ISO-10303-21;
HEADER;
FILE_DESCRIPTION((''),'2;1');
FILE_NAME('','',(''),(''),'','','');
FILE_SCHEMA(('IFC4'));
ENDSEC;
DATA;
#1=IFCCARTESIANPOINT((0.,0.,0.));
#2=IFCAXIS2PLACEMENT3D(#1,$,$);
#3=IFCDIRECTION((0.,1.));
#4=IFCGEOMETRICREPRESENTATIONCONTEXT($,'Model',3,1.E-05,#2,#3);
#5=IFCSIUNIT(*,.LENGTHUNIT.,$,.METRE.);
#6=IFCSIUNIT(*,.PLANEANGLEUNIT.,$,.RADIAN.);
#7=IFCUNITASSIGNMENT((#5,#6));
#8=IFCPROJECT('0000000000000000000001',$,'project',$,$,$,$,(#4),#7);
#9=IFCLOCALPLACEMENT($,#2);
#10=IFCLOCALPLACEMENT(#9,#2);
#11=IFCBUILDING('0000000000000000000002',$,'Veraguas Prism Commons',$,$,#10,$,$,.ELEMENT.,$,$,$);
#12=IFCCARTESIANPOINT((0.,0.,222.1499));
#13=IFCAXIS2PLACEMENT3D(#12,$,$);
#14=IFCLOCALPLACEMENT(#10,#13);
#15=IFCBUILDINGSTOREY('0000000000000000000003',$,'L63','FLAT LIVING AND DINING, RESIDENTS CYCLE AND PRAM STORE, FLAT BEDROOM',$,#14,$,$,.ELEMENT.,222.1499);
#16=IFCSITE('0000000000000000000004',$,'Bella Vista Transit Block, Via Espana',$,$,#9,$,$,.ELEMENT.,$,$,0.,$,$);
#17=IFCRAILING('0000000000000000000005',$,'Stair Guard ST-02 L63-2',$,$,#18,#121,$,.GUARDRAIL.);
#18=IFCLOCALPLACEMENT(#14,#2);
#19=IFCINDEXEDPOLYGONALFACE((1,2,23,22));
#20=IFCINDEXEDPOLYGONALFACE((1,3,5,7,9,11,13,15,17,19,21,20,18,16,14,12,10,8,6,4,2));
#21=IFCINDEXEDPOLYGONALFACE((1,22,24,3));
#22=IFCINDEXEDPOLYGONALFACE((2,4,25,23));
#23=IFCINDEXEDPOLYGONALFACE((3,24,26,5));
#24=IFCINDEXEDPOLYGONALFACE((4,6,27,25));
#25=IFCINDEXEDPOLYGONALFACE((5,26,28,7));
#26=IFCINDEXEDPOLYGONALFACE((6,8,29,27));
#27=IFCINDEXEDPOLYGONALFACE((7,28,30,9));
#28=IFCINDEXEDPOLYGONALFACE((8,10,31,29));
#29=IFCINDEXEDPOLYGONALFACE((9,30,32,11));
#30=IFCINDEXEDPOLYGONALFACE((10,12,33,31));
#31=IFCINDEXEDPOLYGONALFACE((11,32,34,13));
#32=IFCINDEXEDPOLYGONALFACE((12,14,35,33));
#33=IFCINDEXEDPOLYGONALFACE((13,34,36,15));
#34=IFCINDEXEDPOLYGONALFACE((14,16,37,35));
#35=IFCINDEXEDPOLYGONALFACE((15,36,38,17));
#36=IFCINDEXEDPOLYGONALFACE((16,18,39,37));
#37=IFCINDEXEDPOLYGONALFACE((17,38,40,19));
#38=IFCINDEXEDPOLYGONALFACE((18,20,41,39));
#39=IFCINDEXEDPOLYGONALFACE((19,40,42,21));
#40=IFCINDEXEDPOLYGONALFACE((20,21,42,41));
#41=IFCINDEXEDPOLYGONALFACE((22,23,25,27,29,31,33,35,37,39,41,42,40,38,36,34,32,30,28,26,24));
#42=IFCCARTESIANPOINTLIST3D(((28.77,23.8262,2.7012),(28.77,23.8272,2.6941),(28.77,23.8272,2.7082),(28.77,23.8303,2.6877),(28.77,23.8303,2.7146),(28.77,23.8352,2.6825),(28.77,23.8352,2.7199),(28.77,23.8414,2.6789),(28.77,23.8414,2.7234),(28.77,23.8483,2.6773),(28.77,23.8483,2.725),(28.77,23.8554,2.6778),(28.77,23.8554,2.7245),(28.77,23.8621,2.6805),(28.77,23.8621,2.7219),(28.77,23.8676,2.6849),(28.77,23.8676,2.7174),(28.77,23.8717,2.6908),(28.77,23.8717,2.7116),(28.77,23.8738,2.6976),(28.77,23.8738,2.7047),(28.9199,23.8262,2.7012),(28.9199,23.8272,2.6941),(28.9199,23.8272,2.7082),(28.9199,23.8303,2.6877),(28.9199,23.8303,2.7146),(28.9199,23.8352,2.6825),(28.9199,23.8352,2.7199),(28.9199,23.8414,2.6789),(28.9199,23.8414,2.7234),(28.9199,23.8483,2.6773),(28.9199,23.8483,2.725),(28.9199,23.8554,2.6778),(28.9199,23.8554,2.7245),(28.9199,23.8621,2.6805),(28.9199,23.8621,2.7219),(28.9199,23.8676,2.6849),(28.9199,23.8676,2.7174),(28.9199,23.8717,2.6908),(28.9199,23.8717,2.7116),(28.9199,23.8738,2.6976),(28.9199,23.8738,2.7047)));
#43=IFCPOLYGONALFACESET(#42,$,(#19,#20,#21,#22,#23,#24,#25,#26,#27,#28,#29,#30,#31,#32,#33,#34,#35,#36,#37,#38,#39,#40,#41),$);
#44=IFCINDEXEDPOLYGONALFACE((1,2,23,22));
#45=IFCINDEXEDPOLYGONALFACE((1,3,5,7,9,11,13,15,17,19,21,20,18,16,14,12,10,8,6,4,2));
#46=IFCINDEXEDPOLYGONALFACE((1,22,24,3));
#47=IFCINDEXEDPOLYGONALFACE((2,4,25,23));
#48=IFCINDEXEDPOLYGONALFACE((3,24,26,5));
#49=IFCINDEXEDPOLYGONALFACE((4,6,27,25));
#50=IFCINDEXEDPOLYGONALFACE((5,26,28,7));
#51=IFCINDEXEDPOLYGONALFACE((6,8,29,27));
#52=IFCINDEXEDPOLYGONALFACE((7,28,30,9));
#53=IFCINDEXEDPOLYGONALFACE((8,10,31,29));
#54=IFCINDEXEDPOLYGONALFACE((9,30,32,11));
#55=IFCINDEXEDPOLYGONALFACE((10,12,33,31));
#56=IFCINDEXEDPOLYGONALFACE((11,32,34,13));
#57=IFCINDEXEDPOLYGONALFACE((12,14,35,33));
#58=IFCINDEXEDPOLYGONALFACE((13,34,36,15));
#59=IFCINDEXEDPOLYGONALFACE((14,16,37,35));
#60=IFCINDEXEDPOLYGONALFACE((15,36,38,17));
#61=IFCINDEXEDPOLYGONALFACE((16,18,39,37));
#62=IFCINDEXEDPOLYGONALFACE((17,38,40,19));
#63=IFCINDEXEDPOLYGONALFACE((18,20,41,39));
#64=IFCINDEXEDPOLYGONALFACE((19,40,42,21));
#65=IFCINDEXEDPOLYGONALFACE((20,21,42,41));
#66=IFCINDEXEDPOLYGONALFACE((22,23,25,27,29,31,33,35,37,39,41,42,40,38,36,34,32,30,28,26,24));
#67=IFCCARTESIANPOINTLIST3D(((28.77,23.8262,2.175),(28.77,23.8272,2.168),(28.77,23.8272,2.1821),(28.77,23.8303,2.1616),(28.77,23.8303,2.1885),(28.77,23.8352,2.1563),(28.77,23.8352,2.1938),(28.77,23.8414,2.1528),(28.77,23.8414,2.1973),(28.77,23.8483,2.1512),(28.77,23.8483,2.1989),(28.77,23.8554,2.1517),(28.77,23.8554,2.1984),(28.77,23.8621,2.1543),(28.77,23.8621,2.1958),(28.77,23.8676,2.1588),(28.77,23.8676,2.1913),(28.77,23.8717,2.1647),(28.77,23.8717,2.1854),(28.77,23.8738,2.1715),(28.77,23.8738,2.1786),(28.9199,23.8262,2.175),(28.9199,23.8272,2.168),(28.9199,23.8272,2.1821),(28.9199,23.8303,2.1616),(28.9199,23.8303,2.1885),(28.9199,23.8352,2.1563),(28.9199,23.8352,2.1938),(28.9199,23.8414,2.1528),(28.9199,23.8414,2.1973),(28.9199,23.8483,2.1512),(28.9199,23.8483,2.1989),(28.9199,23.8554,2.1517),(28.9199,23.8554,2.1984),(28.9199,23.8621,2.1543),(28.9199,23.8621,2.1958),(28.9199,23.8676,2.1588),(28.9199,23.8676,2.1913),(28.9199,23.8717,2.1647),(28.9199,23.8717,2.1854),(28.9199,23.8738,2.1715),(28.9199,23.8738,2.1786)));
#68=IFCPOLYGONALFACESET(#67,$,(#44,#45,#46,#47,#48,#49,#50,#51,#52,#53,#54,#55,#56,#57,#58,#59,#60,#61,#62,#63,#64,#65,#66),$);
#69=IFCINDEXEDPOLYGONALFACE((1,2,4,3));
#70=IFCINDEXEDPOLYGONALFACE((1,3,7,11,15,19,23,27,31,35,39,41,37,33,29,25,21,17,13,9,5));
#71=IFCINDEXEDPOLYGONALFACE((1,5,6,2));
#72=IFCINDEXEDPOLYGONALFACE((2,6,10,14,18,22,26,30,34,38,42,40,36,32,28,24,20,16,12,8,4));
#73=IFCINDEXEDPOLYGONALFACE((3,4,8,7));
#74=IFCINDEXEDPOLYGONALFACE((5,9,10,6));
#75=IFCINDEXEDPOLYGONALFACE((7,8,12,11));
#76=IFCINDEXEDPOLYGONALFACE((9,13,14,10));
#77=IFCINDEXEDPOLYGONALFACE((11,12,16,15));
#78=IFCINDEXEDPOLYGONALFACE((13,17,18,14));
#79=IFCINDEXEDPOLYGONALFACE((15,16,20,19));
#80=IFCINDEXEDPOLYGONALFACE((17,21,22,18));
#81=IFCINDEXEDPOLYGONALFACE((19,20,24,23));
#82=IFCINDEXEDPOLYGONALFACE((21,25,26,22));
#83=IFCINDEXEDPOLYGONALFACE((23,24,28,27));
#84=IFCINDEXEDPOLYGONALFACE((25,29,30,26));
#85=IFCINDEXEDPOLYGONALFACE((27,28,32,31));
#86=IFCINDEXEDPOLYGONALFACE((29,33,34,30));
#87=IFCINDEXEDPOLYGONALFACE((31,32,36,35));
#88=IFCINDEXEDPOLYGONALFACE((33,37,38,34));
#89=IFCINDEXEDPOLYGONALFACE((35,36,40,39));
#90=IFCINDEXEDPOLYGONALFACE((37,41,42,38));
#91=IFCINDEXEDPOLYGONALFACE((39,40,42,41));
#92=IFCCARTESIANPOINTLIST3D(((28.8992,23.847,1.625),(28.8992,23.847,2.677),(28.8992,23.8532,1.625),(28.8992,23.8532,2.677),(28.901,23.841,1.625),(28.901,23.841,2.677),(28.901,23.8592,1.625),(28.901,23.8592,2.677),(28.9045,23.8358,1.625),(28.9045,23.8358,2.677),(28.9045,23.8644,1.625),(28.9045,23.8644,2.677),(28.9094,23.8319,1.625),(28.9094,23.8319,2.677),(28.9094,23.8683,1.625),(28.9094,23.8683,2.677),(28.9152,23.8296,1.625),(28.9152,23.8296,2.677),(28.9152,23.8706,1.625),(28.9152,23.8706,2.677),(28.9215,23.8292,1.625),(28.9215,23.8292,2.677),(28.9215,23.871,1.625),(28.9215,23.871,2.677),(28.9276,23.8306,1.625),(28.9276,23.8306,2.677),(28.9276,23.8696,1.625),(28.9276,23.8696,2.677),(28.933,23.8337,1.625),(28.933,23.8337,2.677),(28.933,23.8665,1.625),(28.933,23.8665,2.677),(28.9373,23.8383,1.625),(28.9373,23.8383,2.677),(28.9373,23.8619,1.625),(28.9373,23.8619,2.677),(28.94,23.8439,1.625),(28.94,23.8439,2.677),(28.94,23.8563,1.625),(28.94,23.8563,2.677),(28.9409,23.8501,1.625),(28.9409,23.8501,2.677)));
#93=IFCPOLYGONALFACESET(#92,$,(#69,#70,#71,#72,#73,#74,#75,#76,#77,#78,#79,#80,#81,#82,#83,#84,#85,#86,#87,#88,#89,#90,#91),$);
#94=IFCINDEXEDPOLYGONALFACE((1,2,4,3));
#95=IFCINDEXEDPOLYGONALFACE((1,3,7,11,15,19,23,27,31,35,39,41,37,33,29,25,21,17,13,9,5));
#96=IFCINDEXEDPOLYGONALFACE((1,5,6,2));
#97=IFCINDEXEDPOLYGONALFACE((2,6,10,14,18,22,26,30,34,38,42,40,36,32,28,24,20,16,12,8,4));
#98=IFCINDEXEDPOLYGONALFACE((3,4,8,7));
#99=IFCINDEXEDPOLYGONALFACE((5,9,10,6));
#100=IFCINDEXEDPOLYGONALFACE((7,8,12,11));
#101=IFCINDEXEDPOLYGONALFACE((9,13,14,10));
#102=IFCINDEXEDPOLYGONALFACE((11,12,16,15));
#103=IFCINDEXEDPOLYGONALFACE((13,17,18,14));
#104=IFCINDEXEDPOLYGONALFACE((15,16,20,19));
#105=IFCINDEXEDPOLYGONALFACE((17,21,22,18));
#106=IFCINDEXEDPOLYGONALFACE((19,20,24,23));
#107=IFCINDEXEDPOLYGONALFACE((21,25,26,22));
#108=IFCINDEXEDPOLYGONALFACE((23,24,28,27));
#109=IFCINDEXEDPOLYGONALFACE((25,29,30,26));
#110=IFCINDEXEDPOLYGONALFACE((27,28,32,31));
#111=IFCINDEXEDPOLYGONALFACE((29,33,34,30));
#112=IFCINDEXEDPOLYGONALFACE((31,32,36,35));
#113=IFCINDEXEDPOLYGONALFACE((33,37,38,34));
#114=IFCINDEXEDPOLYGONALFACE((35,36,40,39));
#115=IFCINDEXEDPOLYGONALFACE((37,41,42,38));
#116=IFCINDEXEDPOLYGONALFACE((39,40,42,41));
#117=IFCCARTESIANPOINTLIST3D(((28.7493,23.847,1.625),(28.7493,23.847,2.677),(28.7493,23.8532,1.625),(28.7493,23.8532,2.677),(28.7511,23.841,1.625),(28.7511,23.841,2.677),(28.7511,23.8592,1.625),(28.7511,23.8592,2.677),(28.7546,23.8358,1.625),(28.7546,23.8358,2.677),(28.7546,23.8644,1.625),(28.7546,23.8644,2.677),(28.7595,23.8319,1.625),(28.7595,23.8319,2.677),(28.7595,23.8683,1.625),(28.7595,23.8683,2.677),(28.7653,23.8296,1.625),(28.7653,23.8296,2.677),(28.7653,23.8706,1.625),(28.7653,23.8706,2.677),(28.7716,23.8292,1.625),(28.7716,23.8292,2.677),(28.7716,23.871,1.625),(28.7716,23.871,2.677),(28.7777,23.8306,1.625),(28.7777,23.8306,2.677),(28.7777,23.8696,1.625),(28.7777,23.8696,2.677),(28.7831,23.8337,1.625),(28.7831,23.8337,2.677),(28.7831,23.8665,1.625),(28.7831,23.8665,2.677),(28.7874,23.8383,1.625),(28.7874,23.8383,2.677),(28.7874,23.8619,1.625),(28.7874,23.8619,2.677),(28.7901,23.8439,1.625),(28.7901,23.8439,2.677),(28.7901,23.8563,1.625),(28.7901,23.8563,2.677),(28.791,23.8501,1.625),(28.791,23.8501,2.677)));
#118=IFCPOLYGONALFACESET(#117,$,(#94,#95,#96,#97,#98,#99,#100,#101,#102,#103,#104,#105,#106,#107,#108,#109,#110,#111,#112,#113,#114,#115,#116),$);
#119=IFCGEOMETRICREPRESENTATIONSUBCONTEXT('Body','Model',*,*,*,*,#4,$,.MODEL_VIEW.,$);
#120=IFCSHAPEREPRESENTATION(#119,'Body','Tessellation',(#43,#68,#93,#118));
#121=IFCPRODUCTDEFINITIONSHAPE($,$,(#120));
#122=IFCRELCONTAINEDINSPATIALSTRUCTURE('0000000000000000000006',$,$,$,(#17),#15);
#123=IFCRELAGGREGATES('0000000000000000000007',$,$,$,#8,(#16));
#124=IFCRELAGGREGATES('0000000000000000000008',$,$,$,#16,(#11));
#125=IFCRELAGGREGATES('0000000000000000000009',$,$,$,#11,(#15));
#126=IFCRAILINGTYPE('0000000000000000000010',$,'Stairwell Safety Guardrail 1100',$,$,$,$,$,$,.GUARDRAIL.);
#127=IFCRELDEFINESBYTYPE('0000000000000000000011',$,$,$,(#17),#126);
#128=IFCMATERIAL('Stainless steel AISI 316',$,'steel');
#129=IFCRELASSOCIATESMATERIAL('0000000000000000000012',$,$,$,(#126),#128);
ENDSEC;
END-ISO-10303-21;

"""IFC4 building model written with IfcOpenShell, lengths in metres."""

from ifc_helpers import new_model, si_unit, direction, frame, origin, origin_2d, place, context, subcontext, project, spatial, circle, extrude, material, type_object, element, save


model = new_model("IFC4")

# Units and contexts
model_context = context("Model", 3, precision=1e-05, world=origin(), true_north=direction((0.0, 1.0)))
body_context = subcontext(model_context, "Body", "Model", "MODEL_VIEW")
ifc_project = project(units=[si_unit("LENGTHUNIT", "METRE"), si_unit("PLANEANGLEUNIT", "RADIAN")], contexts=[model_context])

# Site, building, storey
site_placement = place(None, origin())
site = spatial("IfcSite", under=ifc_project, at=site_placement, Name="Bella Vista Transit Block, Via Espana", CompositionType="ELEMENT", RefElevation=0.0)
building_placement = place(site_placement, origin())
building = spatial("IfcBuilding", under=site, at=building_placement, Name="Veraguas Prism Commons", CompositionType="ELEMENT")
storey_placement = place(building_placement, frame((0.0, 0.0, 222.1499)))
storey = spatial("IfcBuildingStorey", under=building, at=storey_placement, Name="L63", Description="FLAT LIVING AND DINING, RESIDENTS CYCLE AND PRAM STORE, FLAT BEDROOM", CompositionType="ELEMENT", Elevation=222.1499)

# Railing
ifc_material_1 = material(Name="Stainless steel AISI 316", Category="steel")
railing_type_1 = type_object("IfcRailingType", Name="Stairwell Safety Guardrail 1100", PredefinedType="GUARDRAIL", material=ifc_material_1)
railing_1_placement = place(storey_placement, frame((28.9199, 23.8501, 1.625)))
element("IfcRailing", 1, at=railing_1_placement, inside=storey, type_object=railing_type_1, Name="Stair Guard ST-02 L63-2", PredefinedType="GUARDRAIL", context=body_context, shape_type="SweptSolid", body=[
    extrude(circle(Radius=0.0239, at=origin_2d()), frame((0.0, 0.0, 1.0762), z_axis=(-1.0, 0.0, 0.0), x_axis=(0.0, -1.0, 0.0)), (0.0, 0.0, 1.0), 0.1499),
    extrude(circle(Radius=0.0239, at=origin_2d()), frame((0.0, 0.0, 0.55), z_axis=(-1.0, 0.0, 0.0), x_axis=(0.0, -1.0, 0.0)), (0.0, 0.0, 1.0), 0.1499),
    extrude(circle(Radius=0.021, at=origin_2d()), origin(), (0.0, 0.0, 1.0), 1.052),
    extrude(circle(Radius=0.021, at=origin_2d()), frame((-0.1499, 0.0, 0.0)), (0.0, 0.0, 1.0), 1.052),
])

save(model, "model.ifc")
